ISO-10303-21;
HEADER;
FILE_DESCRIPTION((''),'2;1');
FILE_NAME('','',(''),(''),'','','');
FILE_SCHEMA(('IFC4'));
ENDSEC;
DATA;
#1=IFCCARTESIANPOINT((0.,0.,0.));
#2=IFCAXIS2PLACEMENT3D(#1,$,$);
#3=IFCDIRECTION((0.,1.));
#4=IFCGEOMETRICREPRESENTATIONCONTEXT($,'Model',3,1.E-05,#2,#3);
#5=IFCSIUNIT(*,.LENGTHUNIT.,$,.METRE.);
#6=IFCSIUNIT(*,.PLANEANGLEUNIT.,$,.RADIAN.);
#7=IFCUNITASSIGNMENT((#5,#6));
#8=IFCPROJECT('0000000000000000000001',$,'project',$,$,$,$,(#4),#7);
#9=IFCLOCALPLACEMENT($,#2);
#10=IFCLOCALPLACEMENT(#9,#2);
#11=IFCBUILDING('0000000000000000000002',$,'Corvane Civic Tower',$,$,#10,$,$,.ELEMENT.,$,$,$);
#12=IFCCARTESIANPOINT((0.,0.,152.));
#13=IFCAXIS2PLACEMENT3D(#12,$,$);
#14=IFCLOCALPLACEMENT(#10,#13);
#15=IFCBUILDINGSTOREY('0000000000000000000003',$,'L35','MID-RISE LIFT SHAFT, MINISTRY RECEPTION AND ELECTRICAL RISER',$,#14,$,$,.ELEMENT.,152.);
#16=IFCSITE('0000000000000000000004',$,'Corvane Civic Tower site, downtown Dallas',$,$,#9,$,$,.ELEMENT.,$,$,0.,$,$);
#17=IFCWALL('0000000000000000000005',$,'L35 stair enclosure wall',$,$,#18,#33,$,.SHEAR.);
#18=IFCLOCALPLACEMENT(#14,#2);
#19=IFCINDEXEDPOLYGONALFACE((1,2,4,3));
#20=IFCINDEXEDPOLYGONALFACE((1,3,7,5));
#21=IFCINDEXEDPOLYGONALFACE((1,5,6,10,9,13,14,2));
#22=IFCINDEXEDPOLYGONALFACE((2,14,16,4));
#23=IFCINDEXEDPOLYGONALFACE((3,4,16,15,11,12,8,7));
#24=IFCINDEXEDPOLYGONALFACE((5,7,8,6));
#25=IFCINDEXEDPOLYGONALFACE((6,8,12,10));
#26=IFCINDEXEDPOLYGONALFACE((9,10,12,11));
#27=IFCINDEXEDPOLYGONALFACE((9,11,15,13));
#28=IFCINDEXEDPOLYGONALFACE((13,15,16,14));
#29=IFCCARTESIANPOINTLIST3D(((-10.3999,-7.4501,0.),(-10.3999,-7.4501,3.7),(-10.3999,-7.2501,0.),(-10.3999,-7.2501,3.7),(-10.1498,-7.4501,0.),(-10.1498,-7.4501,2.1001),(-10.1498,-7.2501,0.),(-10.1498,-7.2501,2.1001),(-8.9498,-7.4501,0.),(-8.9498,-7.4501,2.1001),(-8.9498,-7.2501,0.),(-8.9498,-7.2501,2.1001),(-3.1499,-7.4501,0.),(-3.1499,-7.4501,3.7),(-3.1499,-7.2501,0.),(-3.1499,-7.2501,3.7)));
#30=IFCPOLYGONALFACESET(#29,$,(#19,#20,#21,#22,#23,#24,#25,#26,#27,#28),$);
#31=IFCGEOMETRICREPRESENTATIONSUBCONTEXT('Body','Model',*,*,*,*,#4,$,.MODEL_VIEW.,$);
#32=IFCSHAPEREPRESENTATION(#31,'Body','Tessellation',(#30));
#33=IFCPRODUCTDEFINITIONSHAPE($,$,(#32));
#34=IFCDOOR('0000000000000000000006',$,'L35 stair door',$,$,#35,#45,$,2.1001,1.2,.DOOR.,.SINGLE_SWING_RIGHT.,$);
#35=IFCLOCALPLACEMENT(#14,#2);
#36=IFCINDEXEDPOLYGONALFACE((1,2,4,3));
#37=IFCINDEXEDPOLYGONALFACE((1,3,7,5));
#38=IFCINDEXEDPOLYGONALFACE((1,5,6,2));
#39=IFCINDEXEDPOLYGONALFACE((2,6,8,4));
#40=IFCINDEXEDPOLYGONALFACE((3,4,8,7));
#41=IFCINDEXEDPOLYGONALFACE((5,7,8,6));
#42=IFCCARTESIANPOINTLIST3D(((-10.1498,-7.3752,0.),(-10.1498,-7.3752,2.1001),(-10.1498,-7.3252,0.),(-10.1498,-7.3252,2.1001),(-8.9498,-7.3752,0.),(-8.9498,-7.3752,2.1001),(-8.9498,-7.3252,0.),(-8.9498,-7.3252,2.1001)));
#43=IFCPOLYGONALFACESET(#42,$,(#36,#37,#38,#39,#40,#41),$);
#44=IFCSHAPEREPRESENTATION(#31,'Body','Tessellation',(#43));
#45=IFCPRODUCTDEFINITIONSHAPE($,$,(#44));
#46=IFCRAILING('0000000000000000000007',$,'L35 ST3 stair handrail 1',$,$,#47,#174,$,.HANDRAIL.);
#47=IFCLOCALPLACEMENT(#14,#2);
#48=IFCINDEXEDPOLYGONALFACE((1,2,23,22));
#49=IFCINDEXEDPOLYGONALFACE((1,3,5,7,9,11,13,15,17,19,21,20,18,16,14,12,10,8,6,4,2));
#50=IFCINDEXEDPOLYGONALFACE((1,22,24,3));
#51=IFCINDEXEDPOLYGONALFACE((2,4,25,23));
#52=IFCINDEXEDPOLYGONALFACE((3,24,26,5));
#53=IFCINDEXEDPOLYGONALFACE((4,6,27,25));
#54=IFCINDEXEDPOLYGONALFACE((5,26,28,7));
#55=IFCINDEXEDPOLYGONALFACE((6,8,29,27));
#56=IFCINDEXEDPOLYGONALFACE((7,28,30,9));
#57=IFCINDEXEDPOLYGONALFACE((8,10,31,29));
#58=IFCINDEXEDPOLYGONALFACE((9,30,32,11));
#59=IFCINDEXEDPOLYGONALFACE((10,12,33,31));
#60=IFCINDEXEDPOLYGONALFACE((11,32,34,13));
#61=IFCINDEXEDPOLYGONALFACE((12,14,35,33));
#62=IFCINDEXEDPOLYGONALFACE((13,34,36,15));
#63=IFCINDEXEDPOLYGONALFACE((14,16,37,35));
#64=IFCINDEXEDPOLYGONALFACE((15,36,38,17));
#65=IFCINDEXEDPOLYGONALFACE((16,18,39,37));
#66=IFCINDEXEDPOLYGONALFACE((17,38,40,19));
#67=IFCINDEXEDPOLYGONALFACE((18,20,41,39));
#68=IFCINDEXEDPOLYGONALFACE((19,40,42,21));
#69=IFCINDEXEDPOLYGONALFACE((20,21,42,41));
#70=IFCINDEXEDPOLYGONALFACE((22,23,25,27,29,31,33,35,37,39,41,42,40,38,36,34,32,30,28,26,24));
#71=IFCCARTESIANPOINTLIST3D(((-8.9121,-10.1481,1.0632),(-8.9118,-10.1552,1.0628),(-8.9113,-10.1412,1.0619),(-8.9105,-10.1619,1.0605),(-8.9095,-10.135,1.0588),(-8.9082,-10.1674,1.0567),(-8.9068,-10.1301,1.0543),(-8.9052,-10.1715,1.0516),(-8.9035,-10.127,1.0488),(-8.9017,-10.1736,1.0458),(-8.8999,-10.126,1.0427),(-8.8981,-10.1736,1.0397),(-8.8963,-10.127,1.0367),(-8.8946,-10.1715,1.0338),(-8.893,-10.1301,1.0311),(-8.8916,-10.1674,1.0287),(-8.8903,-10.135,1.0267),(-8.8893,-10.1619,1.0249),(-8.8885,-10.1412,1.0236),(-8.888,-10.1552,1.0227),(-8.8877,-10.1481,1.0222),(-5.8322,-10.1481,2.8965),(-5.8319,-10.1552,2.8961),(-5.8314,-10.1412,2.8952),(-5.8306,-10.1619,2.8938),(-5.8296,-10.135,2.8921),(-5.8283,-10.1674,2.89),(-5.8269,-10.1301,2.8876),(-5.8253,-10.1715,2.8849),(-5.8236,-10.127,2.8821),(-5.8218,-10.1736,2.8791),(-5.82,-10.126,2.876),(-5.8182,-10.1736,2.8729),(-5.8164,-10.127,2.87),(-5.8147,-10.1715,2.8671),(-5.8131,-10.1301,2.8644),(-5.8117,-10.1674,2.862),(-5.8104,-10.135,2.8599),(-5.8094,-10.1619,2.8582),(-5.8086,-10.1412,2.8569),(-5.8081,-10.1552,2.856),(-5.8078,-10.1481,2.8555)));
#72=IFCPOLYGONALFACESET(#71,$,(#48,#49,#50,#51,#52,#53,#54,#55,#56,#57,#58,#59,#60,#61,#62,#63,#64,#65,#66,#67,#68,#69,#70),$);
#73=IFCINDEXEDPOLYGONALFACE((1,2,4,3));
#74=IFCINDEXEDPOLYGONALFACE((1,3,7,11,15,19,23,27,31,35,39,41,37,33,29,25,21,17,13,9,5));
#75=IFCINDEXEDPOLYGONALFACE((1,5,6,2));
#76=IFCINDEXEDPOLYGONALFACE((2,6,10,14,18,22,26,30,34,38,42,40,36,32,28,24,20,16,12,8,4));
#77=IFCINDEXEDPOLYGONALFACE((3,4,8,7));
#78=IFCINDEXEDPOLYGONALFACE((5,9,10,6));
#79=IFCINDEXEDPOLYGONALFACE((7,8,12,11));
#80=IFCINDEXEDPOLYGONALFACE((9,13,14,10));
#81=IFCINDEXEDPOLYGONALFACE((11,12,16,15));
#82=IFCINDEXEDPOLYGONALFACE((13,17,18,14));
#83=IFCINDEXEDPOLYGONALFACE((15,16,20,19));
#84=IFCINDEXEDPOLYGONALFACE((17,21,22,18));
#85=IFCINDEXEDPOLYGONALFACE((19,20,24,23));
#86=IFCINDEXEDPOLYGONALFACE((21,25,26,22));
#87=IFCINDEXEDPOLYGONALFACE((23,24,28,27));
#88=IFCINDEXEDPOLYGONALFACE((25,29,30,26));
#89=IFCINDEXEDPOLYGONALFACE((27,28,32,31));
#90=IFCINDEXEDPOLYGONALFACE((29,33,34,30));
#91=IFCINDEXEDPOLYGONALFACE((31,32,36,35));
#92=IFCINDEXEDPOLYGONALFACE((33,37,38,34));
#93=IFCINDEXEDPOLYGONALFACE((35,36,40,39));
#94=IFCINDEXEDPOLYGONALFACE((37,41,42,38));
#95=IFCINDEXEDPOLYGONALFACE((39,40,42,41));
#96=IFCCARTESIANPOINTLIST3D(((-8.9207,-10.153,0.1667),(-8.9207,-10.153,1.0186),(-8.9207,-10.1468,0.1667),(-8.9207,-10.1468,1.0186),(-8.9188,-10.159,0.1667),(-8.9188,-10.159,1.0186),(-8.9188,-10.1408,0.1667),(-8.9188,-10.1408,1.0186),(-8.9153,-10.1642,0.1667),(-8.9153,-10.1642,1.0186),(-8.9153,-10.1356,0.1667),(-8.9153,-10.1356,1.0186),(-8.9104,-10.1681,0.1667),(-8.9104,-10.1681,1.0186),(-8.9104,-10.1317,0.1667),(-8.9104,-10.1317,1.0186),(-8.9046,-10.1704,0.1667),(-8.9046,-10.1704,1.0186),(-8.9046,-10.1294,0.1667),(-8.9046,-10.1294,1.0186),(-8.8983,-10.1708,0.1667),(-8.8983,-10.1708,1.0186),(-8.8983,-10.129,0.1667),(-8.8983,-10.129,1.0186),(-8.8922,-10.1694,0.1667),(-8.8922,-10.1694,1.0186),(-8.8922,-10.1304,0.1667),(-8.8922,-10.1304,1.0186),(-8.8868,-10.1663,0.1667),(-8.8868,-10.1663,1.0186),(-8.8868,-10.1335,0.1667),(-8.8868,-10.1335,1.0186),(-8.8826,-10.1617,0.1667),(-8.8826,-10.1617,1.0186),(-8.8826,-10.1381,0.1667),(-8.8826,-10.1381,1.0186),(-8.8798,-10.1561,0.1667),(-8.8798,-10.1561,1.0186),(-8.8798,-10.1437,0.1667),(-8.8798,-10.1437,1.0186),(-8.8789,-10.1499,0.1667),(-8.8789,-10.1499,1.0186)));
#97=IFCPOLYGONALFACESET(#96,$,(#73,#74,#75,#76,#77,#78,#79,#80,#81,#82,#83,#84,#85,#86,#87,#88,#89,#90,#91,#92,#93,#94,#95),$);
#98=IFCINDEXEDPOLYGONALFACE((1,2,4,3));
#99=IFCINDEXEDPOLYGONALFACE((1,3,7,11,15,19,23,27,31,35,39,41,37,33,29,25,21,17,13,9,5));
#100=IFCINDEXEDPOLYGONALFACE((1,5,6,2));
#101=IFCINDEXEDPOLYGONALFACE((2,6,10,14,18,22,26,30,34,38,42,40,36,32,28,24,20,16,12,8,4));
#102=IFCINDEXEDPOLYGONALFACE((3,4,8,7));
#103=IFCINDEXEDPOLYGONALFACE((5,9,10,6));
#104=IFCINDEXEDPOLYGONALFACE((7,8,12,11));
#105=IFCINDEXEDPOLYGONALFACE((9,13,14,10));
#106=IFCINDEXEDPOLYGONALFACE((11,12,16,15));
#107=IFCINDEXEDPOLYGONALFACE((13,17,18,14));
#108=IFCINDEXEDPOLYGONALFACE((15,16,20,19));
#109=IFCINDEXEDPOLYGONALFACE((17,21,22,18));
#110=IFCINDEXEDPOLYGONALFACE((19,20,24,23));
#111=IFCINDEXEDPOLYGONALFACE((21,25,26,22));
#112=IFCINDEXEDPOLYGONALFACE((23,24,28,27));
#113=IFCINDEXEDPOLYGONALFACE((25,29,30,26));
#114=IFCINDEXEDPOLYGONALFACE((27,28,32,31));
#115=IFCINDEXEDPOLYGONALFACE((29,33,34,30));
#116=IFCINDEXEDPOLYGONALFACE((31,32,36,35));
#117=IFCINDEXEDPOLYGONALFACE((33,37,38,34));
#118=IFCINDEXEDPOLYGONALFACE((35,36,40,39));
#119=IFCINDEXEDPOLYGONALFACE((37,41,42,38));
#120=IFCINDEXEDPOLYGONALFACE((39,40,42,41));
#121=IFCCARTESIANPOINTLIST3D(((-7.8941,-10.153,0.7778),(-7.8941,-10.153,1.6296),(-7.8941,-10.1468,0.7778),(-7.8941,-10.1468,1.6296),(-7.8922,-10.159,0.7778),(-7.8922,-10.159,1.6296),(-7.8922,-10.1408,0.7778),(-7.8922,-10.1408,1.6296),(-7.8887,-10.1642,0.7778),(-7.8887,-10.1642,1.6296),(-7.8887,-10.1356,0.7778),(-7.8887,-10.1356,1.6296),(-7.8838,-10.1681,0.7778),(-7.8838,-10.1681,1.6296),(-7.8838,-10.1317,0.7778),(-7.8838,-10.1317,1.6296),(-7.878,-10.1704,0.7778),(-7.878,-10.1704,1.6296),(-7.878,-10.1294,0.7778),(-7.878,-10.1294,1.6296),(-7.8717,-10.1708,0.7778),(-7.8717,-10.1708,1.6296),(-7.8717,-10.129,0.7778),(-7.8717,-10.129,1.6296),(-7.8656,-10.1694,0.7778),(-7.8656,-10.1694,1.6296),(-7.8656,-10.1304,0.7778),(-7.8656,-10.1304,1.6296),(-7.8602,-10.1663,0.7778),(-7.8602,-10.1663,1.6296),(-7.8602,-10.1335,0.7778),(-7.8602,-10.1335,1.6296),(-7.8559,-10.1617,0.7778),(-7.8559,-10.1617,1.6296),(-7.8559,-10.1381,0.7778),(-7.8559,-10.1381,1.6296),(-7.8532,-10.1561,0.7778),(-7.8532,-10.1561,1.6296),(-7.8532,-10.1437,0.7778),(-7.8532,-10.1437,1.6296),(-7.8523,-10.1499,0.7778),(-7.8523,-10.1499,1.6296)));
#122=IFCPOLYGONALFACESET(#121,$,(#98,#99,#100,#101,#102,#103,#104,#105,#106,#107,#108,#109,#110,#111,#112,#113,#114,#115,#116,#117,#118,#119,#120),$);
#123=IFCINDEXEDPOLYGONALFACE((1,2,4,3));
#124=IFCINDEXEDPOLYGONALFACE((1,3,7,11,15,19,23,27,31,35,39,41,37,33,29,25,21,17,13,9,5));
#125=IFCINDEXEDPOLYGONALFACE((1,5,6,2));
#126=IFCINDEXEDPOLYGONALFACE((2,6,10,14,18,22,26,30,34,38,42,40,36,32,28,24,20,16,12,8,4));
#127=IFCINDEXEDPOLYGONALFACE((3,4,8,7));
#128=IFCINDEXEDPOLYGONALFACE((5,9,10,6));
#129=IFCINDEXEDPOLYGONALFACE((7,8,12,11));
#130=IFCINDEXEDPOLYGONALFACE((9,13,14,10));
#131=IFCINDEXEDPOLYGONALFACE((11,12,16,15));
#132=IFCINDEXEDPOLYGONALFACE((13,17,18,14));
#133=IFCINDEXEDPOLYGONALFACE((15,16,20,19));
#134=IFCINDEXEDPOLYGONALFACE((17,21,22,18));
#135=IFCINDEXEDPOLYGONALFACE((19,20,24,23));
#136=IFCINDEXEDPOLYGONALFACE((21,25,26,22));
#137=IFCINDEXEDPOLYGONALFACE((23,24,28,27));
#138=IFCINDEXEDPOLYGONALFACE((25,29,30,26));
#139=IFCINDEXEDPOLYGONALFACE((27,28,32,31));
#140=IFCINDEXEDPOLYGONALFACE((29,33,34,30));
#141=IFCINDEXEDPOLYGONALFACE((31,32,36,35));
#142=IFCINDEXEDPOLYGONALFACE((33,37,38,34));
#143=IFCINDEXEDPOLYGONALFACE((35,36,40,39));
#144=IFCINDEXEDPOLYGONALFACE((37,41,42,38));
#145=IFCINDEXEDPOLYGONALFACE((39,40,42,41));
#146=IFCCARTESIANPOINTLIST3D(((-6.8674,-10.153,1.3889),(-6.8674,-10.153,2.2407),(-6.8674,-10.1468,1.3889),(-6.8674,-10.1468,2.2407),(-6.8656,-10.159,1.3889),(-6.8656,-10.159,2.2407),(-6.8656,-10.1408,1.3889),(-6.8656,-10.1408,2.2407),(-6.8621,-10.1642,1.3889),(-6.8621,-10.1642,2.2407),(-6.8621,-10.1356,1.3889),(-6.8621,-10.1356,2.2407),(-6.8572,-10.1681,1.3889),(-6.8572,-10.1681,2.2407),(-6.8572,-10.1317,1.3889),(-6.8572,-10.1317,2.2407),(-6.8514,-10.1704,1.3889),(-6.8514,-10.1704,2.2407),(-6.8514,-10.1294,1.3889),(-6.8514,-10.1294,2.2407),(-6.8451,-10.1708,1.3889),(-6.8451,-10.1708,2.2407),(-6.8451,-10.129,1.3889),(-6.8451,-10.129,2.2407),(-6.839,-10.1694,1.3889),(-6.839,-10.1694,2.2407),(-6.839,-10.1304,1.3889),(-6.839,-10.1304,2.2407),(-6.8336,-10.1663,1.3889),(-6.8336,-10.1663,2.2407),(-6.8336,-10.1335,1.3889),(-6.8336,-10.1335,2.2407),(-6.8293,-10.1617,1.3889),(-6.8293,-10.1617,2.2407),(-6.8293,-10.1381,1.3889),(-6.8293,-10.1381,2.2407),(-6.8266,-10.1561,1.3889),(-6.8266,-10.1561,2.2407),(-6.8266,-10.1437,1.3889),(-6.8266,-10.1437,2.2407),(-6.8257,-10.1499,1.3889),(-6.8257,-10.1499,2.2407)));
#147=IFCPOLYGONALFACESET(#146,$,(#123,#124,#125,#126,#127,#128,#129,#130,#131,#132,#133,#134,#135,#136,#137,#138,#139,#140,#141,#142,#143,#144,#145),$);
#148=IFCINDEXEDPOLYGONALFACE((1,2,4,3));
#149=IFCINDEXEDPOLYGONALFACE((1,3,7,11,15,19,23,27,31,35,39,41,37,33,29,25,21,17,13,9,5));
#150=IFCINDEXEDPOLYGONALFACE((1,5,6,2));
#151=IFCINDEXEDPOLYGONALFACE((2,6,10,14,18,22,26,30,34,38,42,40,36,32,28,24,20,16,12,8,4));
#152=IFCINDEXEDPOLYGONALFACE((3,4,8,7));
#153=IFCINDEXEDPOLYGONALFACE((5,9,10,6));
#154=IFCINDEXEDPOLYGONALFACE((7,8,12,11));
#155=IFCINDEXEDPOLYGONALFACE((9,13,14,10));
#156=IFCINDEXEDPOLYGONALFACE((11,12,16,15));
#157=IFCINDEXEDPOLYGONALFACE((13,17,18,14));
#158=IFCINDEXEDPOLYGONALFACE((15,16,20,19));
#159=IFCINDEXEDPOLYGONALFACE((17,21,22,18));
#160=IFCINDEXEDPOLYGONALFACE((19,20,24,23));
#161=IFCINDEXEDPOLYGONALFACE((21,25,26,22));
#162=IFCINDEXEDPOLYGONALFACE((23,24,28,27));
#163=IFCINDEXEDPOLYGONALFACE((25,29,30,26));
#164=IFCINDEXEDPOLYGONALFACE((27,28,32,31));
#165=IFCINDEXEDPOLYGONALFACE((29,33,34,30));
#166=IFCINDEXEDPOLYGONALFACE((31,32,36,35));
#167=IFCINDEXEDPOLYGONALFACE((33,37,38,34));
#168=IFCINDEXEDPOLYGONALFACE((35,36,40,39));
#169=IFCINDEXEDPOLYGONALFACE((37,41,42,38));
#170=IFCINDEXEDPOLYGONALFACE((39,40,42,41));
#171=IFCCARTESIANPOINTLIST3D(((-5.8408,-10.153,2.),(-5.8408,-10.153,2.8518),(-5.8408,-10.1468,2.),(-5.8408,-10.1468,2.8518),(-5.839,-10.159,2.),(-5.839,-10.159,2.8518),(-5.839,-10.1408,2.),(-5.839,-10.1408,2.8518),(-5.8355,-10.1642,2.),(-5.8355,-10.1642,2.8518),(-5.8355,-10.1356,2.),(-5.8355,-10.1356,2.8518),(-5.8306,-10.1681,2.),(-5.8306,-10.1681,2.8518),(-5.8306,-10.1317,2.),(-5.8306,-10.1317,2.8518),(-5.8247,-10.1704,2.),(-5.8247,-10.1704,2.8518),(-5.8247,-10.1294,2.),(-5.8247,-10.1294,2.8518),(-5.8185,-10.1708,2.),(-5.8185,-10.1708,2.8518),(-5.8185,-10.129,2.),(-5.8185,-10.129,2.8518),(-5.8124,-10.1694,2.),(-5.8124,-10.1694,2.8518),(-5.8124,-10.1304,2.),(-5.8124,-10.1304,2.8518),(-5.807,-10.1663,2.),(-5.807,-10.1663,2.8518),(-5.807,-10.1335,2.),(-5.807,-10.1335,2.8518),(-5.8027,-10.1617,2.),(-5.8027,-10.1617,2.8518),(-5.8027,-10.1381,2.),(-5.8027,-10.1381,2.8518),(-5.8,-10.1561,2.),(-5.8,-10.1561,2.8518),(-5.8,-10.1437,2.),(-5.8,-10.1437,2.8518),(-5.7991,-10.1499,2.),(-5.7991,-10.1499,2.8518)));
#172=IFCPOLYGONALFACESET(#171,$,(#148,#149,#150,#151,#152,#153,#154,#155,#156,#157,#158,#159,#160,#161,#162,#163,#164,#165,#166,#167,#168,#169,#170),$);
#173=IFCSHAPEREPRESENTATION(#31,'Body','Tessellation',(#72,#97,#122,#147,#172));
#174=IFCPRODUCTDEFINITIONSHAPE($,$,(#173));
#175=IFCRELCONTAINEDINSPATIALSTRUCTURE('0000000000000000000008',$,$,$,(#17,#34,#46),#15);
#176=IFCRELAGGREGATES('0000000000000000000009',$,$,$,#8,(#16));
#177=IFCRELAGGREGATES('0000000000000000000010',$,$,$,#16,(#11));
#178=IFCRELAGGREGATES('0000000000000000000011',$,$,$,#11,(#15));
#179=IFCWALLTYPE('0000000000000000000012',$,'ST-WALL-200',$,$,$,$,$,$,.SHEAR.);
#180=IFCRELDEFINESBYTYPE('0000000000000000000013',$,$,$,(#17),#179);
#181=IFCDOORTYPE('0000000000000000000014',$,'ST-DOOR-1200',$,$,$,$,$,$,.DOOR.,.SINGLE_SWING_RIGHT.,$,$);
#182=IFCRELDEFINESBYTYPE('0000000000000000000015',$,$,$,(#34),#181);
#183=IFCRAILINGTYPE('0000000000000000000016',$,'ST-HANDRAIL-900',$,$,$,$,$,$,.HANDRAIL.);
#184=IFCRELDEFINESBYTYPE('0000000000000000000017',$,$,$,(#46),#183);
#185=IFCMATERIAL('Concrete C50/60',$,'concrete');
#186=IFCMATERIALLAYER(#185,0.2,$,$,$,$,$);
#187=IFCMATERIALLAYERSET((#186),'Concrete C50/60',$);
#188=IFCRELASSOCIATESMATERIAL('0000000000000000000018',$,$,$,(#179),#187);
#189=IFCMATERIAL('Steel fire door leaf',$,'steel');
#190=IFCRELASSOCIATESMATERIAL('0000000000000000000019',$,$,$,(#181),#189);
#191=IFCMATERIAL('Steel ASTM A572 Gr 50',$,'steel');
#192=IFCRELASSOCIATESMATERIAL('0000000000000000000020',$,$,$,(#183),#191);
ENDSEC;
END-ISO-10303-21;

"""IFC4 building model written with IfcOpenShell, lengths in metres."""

from ifc_helpers import new_model, si_unit, direction, frame, frame_2d, origin, origin_2d, place, context, subcontext, project, spatial, rectangle, circle, extrude, material, layer, layer_set, type_object, element, fill, save


model = new_model("IFC4")

# Units and contexts
model_context = context("Model", 3, precision=1e-05, world=origin(), true_north=direction((0.0, 1.0)))
body_context = subcontext(model_context, "Body", "Model", "MODEL_VIEW")
ifc_project = project(units=[si_unit("LENGTHUNIT", "METRE"), si_unit("PLANEANGLEUNIT", "RADIAN")], contexts=[model_context])

# Site, building, storey
site_placement = place(None, origin())
site = spatial("IfcSite", under=ifc_project, at=site_placement, Name="Corvane Civic Tower site, downtown Dallas", CompositionType="ELEMENT", RefElevation=0.0)
building_placement = place(site_placement, origin())
building = spatial("IfcBuilding", under=site, at=building_placement, Name="Corvane Civic Tower", CompositionType="ELEMENT")
storey_placement = place(building_placement, frame((0.0, 0.0, 152.0)))
storey = spatial("IfcBuildingStorey", under=building, at=storey_placement, Name="L35", Description="MID-RISE LIFT SHAFT, MINISTRY RECEPTION AND ELECTRICAL RISER", CompositionType="ELEMENT", Elevation=152.0)

# Wall, opening, door
ifc_material_1 = material(Name="Concrete C50/60", Category="concrete")
ifc_layer_1 = layer(ifc_material_1, 0.2)
ifc_layer_set_1 = layer_set([ifc_layer_1], Name="Concrete C50/60")
wall_type_1 = type_object("IfcWallType", Name="ST-WALL-200", PredefinedType="SHEAR", material=ifc_layer_set_1)
wall_1_placement = place(storey_placement, frame((-10.3999, -7.3501, 0.0), z_axis=(0.0, 0.0, 1.0), x_axis=(1.0, 0.0, 0.0)))
wall_1 = element("IfcWall", 1, at=wall_1_placement, inside=storey, type_object=wall_type_1, Name="L35 stair enclosure wall", PredefinedType="SHEAR", context=body_context, shape_type="SweptSolid", body=[
    extrude(rectangle(XDim=7.25, YDim=0.2, at=frame_2d((3.625, 0.0))), origin(), (0.0, 0.0, 1.0), 3.7),
])
opening_1_placement = place(wall_1_placement, frame((0.25, 0.0, 0.0)))
opening_1 = element("IfcOpeningElement", 2, at=opening_1_placement, cuts=wall_1, PredefinedType="OPENING", context=body_context, shape_type="SweptSolid", body=[
    extrude(rectangle(XDim=1.2, YDim=2.1001, at=frame_2d((0.6001, 1.05))), frame((0.0, 0.1099, 0.0), z_axis=(0.0, -1.0, 0.0), x_axis=(1.0, 0.0, 0.0)), (0.0, 0.0, 1.0), 0.22),
])
ifc_material_2 = material(Name="Steel fire door leaf", Category="steel")
door_type_1 = type_object("IfcDoorType", Name="ST-DOOR-1200", OperationType="SINGLE_SWING_RIGHT", PredefinedType="DOOR", material=ifc_material_2)
door_1_placement = place(opening_1_placement, origin())
door_1 = element("IfcDoor", 3, at=door_1_placement, inside=storey, type_object=door_type_1, Name="L35 stair door", OperationType="SINGLE_SWING_RIGHT", OverallHeight=2.1001, OverallWidth=1.2, PredefinedType="DOOR", context=body_context, shape_type="SweptSolid", body=[
    extrude(rectangle(XDim=1.2, YDim=2.1001, at=frame_2d((0.6001, 1.05))), frame((0.0, 0.0249, 0.0), z_axis=(0.0, -1.0, 0.0), x_axis=(1.0, 0.0, 0.0)), (0.0, 0.0, 1.0), 0.05),
])
fill(opening_1, door_1)

# Railing
ifc_material_3 = material(Name="Steel ASTM A572 Gr 50", Category="steel")
railing_type_1 = type_object("IfcRailingType", Name="ST-HANDRAIL-900", PredefinedType="HANDRAIL", material=ifc_material_3)
railing_1_placement = place(storey_placement, frame((-8.8999, -10.1499, 0.1667)))
element("IfcRailing", 4, at=railing_1_placement, inside=storey, type_object=railing_type_1, Name="L35 ST3 stair handrail 1", PredefinedType="HANDRAIL", context=body_context, shape_type="SweptSolid", body=[
    extrude(circle(Radius=0.0239, at=origin_2d()), frame((0.0, 0.0, 0.876), z_axis=(0.859291, 0.0, 0.511487), x_axis=(0.0, 1.0, 0.0)), (0.0, 0.0, 1.0), 3.5842),
    extrude(circle(Radius=0.021, at=origin_2d()), origin(), (0.0, 0.0, 1.0), 0.8518),
    extrude(circle(Radius=0.021, at=origin_2d()), frame((1.0266, 0.0, 0.6111)), (0.0, 0.0, 1.0), 0.8518),
    extrude(circle(Radius=0.021, at=origin_2d()), frame((2.0532, 0.0, 1.2222)), (0.0, 0.0, 1.0), 0.8518),
    extrude(circle(Radius=0.021, at=origin_2d()), frame((3.0798, 0.0, 1.8333)), (0.0, 0.0, 1.0), 0.8518),
])

save(model, "model.ifc")
